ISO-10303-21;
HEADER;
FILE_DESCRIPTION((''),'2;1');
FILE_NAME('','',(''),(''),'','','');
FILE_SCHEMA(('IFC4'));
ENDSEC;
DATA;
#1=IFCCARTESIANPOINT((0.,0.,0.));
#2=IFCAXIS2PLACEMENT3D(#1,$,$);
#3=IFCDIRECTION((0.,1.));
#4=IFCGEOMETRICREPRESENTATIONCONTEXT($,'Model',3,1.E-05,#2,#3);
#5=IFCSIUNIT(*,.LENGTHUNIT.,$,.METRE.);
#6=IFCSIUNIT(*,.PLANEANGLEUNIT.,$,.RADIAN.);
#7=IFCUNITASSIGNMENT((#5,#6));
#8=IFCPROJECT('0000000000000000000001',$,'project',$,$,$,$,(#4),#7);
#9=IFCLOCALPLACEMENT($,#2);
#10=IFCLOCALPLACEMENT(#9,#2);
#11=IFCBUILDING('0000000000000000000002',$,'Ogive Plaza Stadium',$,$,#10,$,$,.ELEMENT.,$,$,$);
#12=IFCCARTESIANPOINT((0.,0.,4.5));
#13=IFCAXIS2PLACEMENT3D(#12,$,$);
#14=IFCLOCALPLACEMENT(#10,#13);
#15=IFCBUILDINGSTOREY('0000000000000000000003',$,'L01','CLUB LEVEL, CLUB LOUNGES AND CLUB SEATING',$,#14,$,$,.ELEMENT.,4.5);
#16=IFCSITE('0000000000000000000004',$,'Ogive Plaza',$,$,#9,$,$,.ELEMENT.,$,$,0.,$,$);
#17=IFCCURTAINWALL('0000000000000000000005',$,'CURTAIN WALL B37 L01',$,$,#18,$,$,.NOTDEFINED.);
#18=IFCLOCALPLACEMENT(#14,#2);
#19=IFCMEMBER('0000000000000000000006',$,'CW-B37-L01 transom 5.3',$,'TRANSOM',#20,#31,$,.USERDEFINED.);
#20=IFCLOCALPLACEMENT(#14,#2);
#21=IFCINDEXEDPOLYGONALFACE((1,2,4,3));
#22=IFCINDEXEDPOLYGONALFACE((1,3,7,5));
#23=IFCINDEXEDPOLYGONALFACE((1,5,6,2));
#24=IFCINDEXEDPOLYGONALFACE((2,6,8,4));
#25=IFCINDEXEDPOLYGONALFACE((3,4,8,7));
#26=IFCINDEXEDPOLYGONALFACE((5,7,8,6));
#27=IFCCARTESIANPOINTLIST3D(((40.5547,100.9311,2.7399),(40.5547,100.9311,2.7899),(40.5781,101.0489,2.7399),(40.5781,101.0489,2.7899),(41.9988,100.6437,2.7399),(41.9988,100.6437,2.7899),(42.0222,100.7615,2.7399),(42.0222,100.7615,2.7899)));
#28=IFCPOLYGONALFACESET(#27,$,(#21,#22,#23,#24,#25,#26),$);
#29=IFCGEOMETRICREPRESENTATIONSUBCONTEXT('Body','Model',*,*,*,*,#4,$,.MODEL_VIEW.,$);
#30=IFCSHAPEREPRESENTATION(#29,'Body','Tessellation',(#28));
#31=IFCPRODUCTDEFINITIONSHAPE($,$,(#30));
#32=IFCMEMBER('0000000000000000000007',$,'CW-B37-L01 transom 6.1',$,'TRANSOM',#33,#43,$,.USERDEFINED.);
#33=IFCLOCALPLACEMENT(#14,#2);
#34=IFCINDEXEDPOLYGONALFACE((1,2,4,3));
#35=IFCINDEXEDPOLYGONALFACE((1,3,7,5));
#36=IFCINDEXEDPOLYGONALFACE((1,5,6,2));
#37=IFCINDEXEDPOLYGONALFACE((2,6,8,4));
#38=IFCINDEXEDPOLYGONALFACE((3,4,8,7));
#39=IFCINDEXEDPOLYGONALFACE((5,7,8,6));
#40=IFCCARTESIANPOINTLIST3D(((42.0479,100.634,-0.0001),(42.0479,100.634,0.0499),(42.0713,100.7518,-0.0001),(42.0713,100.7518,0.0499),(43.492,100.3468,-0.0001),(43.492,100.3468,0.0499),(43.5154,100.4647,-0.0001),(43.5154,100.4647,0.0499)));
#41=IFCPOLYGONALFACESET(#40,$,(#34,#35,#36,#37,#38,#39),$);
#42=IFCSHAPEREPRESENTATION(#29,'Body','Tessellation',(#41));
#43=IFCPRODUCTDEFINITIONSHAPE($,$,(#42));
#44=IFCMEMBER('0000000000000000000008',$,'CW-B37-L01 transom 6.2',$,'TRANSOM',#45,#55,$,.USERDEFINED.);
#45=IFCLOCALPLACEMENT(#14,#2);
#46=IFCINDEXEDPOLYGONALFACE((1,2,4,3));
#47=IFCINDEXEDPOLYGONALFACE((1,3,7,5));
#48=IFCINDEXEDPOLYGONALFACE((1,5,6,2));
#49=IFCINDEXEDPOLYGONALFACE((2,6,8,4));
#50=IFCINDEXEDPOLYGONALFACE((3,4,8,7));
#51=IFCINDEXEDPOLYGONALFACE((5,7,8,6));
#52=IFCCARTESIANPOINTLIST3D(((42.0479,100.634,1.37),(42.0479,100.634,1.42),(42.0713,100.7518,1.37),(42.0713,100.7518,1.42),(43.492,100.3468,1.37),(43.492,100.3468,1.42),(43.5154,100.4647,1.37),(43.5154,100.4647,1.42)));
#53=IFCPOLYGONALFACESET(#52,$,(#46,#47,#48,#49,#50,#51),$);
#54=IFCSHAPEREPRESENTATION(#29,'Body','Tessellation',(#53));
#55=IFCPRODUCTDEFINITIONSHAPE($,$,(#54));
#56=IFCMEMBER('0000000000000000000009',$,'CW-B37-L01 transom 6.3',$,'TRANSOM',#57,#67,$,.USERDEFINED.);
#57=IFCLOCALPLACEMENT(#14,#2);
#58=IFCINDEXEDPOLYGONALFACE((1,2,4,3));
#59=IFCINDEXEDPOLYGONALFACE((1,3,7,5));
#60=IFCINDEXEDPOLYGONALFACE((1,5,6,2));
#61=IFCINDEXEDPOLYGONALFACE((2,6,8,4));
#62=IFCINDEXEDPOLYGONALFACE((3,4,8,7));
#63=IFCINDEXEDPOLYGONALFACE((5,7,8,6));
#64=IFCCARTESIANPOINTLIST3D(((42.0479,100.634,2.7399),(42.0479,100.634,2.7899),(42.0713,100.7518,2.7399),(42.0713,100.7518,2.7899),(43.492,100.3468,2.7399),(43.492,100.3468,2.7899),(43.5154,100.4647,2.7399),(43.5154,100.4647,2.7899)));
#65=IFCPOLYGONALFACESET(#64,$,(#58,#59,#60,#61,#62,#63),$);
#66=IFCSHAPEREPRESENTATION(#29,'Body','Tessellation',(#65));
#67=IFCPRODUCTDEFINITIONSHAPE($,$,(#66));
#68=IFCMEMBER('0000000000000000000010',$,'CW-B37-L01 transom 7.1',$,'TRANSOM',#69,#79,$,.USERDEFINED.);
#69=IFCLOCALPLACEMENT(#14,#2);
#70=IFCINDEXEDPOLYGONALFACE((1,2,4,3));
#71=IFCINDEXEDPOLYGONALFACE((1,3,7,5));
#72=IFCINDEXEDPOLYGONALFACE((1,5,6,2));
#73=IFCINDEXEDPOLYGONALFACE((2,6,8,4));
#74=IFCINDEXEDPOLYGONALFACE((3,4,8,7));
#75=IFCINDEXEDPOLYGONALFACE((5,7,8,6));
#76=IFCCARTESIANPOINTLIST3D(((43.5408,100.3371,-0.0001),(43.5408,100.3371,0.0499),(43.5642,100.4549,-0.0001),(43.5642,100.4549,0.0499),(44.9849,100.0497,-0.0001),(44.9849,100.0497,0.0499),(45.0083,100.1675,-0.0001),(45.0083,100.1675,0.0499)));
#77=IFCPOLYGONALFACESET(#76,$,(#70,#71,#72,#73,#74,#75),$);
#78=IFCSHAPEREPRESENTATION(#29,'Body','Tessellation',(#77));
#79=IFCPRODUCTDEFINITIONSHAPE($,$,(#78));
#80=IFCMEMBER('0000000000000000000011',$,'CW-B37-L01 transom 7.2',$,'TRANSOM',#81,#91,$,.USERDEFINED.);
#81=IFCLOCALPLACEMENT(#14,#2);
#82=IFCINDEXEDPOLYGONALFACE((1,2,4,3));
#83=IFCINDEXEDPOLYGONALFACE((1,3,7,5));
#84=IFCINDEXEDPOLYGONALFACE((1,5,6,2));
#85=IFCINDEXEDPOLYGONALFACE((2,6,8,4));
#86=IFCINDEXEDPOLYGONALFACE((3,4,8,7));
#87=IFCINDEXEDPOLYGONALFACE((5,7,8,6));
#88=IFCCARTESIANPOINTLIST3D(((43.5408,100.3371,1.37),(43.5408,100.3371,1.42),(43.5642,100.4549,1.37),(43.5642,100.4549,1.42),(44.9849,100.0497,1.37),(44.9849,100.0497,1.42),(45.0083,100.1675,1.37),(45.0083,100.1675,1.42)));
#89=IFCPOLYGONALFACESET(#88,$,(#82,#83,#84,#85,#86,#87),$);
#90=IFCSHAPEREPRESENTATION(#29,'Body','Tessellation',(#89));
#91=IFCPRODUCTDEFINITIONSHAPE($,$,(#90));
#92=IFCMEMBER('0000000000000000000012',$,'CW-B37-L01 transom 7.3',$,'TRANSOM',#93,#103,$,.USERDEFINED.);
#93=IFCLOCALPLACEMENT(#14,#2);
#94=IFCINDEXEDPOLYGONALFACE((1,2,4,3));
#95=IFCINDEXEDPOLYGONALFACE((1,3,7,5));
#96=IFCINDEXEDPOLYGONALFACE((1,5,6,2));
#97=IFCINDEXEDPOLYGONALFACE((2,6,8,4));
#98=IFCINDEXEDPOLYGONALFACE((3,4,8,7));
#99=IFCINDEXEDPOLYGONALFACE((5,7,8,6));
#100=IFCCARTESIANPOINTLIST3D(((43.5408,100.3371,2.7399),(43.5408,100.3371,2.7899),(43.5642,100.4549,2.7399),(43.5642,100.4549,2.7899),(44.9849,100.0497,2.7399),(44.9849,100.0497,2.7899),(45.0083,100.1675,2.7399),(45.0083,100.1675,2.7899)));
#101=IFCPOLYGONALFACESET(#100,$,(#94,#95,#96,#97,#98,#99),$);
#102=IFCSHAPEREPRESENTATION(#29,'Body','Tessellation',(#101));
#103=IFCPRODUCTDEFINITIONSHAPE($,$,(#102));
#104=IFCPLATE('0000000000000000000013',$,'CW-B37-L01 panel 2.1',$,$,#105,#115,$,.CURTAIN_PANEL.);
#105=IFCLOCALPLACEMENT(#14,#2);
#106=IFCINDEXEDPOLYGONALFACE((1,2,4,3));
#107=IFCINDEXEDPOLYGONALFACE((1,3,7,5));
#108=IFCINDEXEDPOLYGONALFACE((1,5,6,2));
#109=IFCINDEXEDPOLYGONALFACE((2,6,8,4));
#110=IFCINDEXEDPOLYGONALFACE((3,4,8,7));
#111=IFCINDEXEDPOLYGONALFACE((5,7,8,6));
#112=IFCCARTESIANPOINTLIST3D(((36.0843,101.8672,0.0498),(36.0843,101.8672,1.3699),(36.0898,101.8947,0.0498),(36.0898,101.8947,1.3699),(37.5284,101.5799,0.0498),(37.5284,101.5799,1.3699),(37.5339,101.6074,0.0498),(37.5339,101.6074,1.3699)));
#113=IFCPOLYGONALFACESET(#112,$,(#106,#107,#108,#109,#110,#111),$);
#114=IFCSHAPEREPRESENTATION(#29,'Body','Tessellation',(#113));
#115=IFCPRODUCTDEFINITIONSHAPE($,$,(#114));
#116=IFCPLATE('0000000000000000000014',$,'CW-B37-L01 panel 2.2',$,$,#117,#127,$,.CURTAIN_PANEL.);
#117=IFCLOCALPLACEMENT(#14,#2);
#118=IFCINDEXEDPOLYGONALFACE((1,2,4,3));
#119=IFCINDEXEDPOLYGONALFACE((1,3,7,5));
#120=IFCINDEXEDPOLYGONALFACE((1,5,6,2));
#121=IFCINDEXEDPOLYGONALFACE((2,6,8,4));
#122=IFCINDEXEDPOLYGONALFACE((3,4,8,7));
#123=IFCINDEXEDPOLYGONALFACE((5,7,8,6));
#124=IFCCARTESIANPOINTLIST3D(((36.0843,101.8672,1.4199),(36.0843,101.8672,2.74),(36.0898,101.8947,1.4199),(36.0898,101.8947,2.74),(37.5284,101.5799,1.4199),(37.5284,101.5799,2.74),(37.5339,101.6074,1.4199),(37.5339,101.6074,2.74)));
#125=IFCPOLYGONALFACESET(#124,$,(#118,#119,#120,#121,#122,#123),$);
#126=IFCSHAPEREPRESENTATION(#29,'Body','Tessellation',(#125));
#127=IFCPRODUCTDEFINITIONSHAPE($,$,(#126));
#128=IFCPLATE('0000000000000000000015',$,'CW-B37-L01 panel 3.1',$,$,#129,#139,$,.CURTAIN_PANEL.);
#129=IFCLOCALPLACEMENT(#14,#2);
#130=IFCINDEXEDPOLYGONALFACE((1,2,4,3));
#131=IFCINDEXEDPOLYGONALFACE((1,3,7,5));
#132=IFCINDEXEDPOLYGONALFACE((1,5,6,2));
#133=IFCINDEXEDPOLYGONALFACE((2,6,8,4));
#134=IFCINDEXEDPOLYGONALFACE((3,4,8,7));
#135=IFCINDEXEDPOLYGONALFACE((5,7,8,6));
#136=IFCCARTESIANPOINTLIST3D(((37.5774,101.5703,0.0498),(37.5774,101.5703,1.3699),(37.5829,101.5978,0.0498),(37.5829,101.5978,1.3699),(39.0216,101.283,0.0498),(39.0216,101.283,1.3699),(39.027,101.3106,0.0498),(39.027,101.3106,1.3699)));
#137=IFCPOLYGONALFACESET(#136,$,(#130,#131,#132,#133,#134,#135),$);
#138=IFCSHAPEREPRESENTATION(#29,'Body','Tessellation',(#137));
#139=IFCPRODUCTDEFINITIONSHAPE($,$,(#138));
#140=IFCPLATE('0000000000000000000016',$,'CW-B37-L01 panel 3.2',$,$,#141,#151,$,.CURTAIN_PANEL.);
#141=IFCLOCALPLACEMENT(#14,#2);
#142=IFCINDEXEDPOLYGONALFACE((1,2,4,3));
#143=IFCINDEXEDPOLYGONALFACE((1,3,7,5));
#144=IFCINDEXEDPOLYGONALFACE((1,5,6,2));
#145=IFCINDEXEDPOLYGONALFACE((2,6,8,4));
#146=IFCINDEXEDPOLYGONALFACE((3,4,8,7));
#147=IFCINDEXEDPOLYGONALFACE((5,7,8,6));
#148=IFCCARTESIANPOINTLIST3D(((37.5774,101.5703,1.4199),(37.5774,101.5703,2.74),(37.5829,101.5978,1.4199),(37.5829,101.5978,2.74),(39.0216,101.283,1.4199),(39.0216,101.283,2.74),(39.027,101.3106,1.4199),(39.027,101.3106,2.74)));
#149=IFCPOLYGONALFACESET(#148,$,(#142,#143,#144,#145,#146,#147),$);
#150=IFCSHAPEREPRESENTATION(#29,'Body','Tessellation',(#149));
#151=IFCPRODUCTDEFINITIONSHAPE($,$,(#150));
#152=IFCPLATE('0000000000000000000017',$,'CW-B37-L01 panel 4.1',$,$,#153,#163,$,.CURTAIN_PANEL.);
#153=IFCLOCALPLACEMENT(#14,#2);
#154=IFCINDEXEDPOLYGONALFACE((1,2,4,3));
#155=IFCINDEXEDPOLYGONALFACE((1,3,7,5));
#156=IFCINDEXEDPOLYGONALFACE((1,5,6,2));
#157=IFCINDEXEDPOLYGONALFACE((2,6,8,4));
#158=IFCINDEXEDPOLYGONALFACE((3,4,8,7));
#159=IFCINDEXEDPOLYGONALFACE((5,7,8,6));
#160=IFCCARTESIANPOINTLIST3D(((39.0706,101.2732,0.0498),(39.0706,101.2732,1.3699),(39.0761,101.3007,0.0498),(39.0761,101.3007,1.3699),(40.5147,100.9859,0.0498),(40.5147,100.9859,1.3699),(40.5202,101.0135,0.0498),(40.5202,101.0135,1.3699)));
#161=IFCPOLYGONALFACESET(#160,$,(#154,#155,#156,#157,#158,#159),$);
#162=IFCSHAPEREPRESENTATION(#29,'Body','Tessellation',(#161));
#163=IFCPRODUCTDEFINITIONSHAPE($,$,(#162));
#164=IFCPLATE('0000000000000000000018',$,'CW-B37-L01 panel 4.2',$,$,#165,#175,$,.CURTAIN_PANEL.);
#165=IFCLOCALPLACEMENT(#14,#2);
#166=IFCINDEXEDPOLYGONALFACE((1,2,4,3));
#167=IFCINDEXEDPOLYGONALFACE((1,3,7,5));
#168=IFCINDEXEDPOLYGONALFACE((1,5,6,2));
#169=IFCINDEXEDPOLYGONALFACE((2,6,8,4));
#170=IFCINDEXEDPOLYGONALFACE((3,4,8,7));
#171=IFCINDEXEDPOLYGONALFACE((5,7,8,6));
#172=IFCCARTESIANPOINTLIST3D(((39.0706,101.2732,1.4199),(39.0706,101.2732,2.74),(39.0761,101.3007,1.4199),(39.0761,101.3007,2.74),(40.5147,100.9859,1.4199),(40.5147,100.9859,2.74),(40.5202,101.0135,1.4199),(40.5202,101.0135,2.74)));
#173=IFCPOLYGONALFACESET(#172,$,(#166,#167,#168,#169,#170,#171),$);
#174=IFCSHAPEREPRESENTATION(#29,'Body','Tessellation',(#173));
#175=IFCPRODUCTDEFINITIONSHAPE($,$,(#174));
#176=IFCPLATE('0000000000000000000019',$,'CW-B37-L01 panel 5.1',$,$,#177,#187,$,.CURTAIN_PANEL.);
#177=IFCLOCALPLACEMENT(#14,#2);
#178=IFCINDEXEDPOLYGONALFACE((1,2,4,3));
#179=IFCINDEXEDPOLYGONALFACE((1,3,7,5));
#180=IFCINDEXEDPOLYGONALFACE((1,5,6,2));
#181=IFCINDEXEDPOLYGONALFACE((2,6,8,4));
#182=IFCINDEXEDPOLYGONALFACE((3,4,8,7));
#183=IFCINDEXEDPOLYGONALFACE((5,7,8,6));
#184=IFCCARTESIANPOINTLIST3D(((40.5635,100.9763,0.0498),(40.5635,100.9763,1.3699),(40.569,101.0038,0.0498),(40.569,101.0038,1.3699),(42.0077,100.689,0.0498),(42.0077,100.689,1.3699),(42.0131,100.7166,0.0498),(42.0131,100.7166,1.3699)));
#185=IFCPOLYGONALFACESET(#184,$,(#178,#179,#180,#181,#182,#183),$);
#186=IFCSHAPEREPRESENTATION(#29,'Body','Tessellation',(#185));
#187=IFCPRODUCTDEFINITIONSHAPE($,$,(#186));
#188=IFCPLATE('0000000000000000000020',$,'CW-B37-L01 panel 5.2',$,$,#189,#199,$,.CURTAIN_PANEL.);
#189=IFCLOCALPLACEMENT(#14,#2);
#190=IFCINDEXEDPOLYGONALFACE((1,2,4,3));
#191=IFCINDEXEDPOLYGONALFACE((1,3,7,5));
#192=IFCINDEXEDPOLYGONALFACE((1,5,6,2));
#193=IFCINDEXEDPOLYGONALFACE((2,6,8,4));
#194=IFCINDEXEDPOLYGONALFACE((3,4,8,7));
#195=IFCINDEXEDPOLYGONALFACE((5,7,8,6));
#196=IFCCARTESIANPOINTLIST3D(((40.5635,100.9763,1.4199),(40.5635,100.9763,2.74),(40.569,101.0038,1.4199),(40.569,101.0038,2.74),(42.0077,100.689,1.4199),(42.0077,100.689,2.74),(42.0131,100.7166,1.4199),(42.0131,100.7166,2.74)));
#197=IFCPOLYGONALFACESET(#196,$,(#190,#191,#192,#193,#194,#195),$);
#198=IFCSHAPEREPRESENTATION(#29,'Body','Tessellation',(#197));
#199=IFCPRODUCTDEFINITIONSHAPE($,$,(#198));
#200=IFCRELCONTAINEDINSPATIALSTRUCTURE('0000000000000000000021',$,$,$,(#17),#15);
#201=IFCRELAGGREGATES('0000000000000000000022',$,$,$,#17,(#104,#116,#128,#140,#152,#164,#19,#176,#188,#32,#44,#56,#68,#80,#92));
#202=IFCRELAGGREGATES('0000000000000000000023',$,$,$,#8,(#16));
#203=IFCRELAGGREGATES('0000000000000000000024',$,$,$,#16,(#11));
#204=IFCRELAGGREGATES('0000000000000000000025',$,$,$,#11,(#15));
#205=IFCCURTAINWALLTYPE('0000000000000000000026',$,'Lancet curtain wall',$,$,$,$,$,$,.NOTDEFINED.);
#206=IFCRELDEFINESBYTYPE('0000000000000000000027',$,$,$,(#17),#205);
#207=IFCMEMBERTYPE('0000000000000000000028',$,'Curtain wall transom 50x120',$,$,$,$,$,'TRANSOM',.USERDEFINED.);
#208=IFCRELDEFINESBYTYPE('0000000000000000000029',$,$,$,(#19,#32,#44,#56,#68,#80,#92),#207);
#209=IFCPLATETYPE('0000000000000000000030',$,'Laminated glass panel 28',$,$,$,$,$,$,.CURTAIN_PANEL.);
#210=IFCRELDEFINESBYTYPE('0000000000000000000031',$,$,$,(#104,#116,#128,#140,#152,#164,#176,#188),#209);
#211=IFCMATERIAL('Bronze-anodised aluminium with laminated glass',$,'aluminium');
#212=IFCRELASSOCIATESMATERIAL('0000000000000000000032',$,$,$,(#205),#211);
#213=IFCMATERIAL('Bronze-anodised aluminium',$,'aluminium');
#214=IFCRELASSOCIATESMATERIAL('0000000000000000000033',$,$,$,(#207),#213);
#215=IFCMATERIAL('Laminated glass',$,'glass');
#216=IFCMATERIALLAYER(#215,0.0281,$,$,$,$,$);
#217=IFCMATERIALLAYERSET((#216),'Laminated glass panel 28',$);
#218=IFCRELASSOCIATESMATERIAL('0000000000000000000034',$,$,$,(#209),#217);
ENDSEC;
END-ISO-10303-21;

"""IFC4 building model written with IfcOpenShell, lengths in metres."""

from ifc_helpers import new_model, si_unit, direction, frame, origin, origin_2d, place, context, subcontext, project, spatial, rectangle, extrude, material, layer, layer_set, material_profile, profile_set, type_object, element, aggregate, save


model = new_model("IFC4")

# Units and contexts
model_context = context("Model", 3, precision=1e-05, world=origin(), true_north=direction((0.0, 1.0)))
body_context = subcontext(model_context, "Body", "Model", "MODEL_VIEW")
ifc_project = project(units=[si_unit("LENGTHUNIT", "METRE"), si_unit("PLANEANGLEUNIT", "RADIAN")], contexts=[model_context])

# Site, building, storey
site_placement = place(None, origin())
site = spatial("IfcSite", under=ifc_project, at=site_placement, Name="Ogive Plaza", CompositionType="ELEMENT", RefElevation=0.0)
building_placement = place(site_placement, origin())
building = spatial("IfcBuilding", under=site, at=building_placement, Name="Ogive Plaza Stadium", CompositionType="ELEMENT")
storey_placement = place(building_placement, frame((0.0, 0.0, 4.5)))
storey = spatial("IfcBuildingStorey", under=building, at=storey_placement, Name="L01", Description="CLUB LEVEL, CLUB LOUNGES AND CLUB SEATING", CompositionType="ELEMENT", Elevation=4.5)

# Curtain wall, members, plates
ifc_material_1 = material(Name="Bronze-anodised aluminium with laminated glass", Category="aluminium")
curtain_wall_type = type_object("IfcCurtainWallType", Name="Lancet curtain wall", PredefinedType="NOTDEFINED", material=ifc_material_1)
curtain_wall_placement = place(storey_placement, origin())
curtain_wall = element("IfcCurtainWall", 1, at=curtain_wall_placement, inside=storey, type_object=curtain_wall_type, Name="CURTAIN WALL B37 L01", PredefinedType="NOTDEFINED")
ifc_material_2 = material(Name="Bronze-anodised aluminium", Category="aluminium")
ifc_material_profile_1 = material_profile(ifc_material_2, rectangle(XDim=0.1201, YDim=0.05, at=origin_2d()), Name="AL 120x50")
ifc_profile_set_1 = profile_set([ifc_material_profile_1], Name="Bronze-anodised aluminium")
member_type_1 = type_object("IfcMemberType", Name="Curtain wall transom 50x120", ElementType="TRANSOM", PredefinedType="USERDEFINED", material=ifc_profile_set_1)
member_1_placement = place(storey_placement, frame((40.5664, 100.99, 2.7649), z_axis=(0.980772, -0.195159, 0.0), x_axis=(0.195159, 0.980772, 0.0)))
member_1 = element("IfcMember", 2, at=member_1_placement, type_object=member_type_1, Name="CW-B37-L01 transom 5.3", ObjectType="TRANSOM", PredefinedType="USERDEFINED", context=body_context, shape_type="SweptSolid", body=[
    extrude(rectangle(XDim=0.1201, YDim=0.05, at=origin_2d()), origin(), (0.0, 0.0, 1.0), 1.4724),
])
member_2_placement = place(storey_placement, frame((42.0596, 100.6929, 0.0249), z_axis=(0.980803, -0.195, 0.0), x_axis=(0.195, 0.980803, 0.0)))
member_2 = element("IfcMember", 3, at=member_2_placement, type_object=member_type_1, Name="CW-B37-L01 transom 6.1", ObjectType="TRANSOM", PredefinedType="USERDEFINED", context=body_context, shape_type="SweptSolid", body=[
    extrude(rectangle(XDim=0.1201, YDim=0.05, at=origin_2d()), origin(), (0.0, 0.0, 1.0), 1.4724),
])
member_3_placement = place(storey_placement, frame((42.0596, 100.6929, 1.395), z_axis=(0.980803, -0.195, 0.0), x_axis=(0.195, 0.980803, 0.0)))
member_3 = element("IfcMember", 4, at=member_3_placement, type_object=member_type_1, Name="CW-B37-L01 transom 6.2", ObjectType="TRANSOM", PredefinedType="USERDEFINED", context=body_context, shape_type="SweptSolid", body=[
    extrude(rectangle(XDim=0.1201, YDim=0.05, at=origin_2d()), origin(), (0.0, 0.0, 1.0), 1.4724),
])
member_4_placement = place(storey_placement, frame((42.0596, 100.6929, 2.7649), z_axis=(0.980803, -0.195, 0.0), x_axis=(0.195, 0.980803, 0.0)))
member_4 = element("IfcMember", 5, at=member_4_placement, type_object=member_type_1, Name="CW-B37-L01 transom 6.3", ObjectType="TRANSOM", PredefinedType="USERDEFINED", context=body_context, shape_type="SweptSolid", body=[
    extrude(rectangle(XDim=0.1201, YDim=0.05, at=origin_2d()), origin(), (0.0, 0.0, 1.0), 1.4724),
])
member_5_placement = place(storey_placement, frame((43.5525, 100.396, 0.0249), z_axis=(0.980772, -0.195159, 0.0), x_axis=(0.195159, 0.980772, 0.0)))
member_5 = element("IfcMember", 6, at=member_5_placement, type_object=member_type_1, Name="CW-B37-L01 transom 7.1", ObjectType="TRANSOM", PredefinedType="USERDEFINED", context=body_context, shape_type="SweptSolid", body=[
    extrude(rectangle(XDim=0.1201, YDim=0.05, at=origin_2d()), origin(), (0.0, 0.0, 1.0), 1.4724),
])
member_6_placement = place(storey_placement, frame((43.5525, 100.396, 1.395), z_axis=(0.980772, -0.195159, 0.0), x_axis=(0.195159, 0.980772, 0.0)))
member_6 = element("IfcMember", 7, at=member_6_placement, type_object=member_type_1, Name="CW-B37-L01 transom 7.2", ObjectType="TRANSOM", PredefinedType="USERDEFINED", context=body_context, shape_type="SweptSolid", body=[
    extrude(rectangle(XDim=0.1201, YDim=0.05, at=origin_2d()), origin(), (0.0, 0.0, 1.0), 1.4724),
])
member_7_placement = place(storey_placement, frame((43.5525, 100.396, 2.7649), z_axis=(0.980772, -0.195159, 0.0), x_axis=(0.195159, 0.980772, 0.0)))
member_7 = element("IfcMember", 8, at=member_7_placement, type_object=member_type_1, Name="CW-B37-L01 transom 7.3", ObjectType="TRANSOM", PredefinedType="USERDEFINED", context=body_context, shape_type="SweptSolid", body=[
    extrude(rectangle(XDim=0.1201, YDim=0.05, at=origin_2d()), origin(), (0.0, 0.0, 1.0), 1.4724),
])
ifc_material_3 = material(Name="Laminated glass", Category="glass")
ifc_layer = layer(ifc_material_3, 0.0281)
ifc_layer_set = layer_set([ifc_layer], Name="Laminated glass panel 28")
plate_type = type_object("IfcPlateType", Name="Laminated glass panel 28", PredefinedType="CURTAIN_PANEL", material=ifc_layer_set)
plate_1_placement = place(storey_placement, frame((36.8091, 101.7373, 0.0498), z_axis=(0.0, 0.0, 1.0), x_axis=(0.980785, -0.19509, 0.0)))
plate_1 = element("IfcPlate", 9, at=plate_1_placement, type_object=plate_type, Name="CW-B37-L01 panel 2.1", PredefinedType="CURTAIN_PANEL", context=body_context, shape_type="SweptSolid", body=[
    extrude(rectangle(XDim=1.4724, YDim=0.0281, at=origin_2d()), origin(), (0.0, 0.0, 1.0), 1.3201),
])
plate_2_placement = place(storey_placement, frame((36.8091, 101.7373, 1.4199), z_axis=(0.0, 0.0, 1.0), x_axis=(0.980785, -0.19509, 0.0)))
plate_2 = element("IfcPlate", 10, at=plate_2_placement, type_object=plate_type, Name="CW-B37-L01 panel 2.2", PredefinedType="CURTAIN_PANEL", context=body_context, shape_type="SweptSolid", body=[
    extrude(rectangle(XDim=1.4724, YDim=0.0281, at=origin_2d()), origin(), (0.0, 0.0, 1.0), 1.3201),
])
plate_3_placement = place(storey_placement, frame((38.3022, 101.4404, 0.0498), z_axis=(0.0, 0.0, 1.0), x_axis=(0.980785, -0.19509, 0.0)))
plate_3 = element("IfcPlate", 11, at=plate_3_placement, type_object=plate_type, Name="CW-B37-L01 panel 3.1", PredefinedType="CURTAIN_PANEL", context=body_context, shape_type="SweptSolid", body=[
    extrude(rectangle(XDim=1.4724, YDim=0.0281, at=origin_2d()), origin(), (0.0, 0.0, 1.0), 1.3201),
])
plate_4_placement = place(storey_placement, frame((38.3022, 101.4404, 1.4199), z_axis=(0.0, 0.0, 1.0), x_axis=(0.980785, -0.19509, 0.0)))
plate_4 = element("IfcPlate", 12, at=plate_4_placement, type_object=plate_type, Name="CW-B37-L01 panel 3.2", PredefinedType="CURTAIN_PANEL", context=body_context, shape_type="SweptSolid", body=[
    extrude(rectangle(XDim=1.4724, YDim=0.0281, at=origin_2d()), origin(), (0.0, 0.0, 1.0), 1.3201),
])
plate_5_placement = place(storey_placement, frame((39.7954, 101.1433, 0.0498), z_axis=(0.0, 0.0, 1.0), x_axis=(0.980785, -0.19509, 0.0)))
plate_5 = element("IfcPlate", 13, at=plate_5_placement, type_object=plate_type, Name="CW-B37-L01 panel 4.1", PredefinedType="CURTAIN_PANEL", context=body_context, shape_type="SweptSolid", body=[
    extrude(rectangle(XDim=1.4724, YDim=0.0281, at=origin_2d()), origin(), (0.0, 0.0, 1.0), 1.3201),
])
plate_6_placement = place(storey_placement, frame((39.7954, 101.1433, 1.4199), z_axis=(0.0, 0.0, 1.0), x_axis=(0.980785, -0.19509, 0.0)))
plate_6 = element("IfcPlate", 14, at=plate_6_placement, type_object=plate_type, Name="CW-B37-L01 panel 4.2", PredefinedType="CURTAIN_PANEL", context=body_context, shape_type="SweptSolid", body=[
    extrude(rectangle(XDim=1.4724, YDim=0.0281, at=origin_2d()), origin(), (0.0, 0.0, 1.0), 1.3201),
])
plate_7_placement = place(storey_placement, frame((41.2883, 100.8464, 0.0498), z_axis=(0.0, 0.0, 1.0), x_axis=(0.980785, -0.19509, 0.0)))
plate_7 = element("IfcPlate", 15, at=plate_7_placement, type_object=plate_type, Name="CW-B37-L01 panel 5.1", PredefinedType="CURTAIN_PANEL", context=body_context, shape_type="SweptSolid", body=[
    extrude(rectangle(XDim=1.4724, YDim=0.0281, at=origin_2d()), origin(), (0.0, 0.0, 1.0), 1.3201),
])
plate_8_placement = place(storey_placement, frame((41.2883, 100.8464, 1.4199), z_axis=(0.0, 0.0, 1.0), x_axis=(0.980785, -0.19509, 0.0)))
plate_8 = element("IfcPlate", 16, at=plate_8_placement, type_object=plate_type, Name="CW-B37-L01 panel 5.2", PredefinedType="CURTAIN_PANEL", context=body_context, shape_type="SweptSolid", body=[
    extrude(rectangle(XDim=1.4724, YDim=0.0281, at=origin_2d()), origin(), (0.0, 0.0, 1.0), 1.3201),
])
aggregate(curtain_wall, [plate_1, plate_2, plate_3, plate_4, plate_5, plate_6, member_1, plate_7, plate_8, member_2, member_3, member_4, member_5, member_6, member_7])

save(model, "model.ifc")
